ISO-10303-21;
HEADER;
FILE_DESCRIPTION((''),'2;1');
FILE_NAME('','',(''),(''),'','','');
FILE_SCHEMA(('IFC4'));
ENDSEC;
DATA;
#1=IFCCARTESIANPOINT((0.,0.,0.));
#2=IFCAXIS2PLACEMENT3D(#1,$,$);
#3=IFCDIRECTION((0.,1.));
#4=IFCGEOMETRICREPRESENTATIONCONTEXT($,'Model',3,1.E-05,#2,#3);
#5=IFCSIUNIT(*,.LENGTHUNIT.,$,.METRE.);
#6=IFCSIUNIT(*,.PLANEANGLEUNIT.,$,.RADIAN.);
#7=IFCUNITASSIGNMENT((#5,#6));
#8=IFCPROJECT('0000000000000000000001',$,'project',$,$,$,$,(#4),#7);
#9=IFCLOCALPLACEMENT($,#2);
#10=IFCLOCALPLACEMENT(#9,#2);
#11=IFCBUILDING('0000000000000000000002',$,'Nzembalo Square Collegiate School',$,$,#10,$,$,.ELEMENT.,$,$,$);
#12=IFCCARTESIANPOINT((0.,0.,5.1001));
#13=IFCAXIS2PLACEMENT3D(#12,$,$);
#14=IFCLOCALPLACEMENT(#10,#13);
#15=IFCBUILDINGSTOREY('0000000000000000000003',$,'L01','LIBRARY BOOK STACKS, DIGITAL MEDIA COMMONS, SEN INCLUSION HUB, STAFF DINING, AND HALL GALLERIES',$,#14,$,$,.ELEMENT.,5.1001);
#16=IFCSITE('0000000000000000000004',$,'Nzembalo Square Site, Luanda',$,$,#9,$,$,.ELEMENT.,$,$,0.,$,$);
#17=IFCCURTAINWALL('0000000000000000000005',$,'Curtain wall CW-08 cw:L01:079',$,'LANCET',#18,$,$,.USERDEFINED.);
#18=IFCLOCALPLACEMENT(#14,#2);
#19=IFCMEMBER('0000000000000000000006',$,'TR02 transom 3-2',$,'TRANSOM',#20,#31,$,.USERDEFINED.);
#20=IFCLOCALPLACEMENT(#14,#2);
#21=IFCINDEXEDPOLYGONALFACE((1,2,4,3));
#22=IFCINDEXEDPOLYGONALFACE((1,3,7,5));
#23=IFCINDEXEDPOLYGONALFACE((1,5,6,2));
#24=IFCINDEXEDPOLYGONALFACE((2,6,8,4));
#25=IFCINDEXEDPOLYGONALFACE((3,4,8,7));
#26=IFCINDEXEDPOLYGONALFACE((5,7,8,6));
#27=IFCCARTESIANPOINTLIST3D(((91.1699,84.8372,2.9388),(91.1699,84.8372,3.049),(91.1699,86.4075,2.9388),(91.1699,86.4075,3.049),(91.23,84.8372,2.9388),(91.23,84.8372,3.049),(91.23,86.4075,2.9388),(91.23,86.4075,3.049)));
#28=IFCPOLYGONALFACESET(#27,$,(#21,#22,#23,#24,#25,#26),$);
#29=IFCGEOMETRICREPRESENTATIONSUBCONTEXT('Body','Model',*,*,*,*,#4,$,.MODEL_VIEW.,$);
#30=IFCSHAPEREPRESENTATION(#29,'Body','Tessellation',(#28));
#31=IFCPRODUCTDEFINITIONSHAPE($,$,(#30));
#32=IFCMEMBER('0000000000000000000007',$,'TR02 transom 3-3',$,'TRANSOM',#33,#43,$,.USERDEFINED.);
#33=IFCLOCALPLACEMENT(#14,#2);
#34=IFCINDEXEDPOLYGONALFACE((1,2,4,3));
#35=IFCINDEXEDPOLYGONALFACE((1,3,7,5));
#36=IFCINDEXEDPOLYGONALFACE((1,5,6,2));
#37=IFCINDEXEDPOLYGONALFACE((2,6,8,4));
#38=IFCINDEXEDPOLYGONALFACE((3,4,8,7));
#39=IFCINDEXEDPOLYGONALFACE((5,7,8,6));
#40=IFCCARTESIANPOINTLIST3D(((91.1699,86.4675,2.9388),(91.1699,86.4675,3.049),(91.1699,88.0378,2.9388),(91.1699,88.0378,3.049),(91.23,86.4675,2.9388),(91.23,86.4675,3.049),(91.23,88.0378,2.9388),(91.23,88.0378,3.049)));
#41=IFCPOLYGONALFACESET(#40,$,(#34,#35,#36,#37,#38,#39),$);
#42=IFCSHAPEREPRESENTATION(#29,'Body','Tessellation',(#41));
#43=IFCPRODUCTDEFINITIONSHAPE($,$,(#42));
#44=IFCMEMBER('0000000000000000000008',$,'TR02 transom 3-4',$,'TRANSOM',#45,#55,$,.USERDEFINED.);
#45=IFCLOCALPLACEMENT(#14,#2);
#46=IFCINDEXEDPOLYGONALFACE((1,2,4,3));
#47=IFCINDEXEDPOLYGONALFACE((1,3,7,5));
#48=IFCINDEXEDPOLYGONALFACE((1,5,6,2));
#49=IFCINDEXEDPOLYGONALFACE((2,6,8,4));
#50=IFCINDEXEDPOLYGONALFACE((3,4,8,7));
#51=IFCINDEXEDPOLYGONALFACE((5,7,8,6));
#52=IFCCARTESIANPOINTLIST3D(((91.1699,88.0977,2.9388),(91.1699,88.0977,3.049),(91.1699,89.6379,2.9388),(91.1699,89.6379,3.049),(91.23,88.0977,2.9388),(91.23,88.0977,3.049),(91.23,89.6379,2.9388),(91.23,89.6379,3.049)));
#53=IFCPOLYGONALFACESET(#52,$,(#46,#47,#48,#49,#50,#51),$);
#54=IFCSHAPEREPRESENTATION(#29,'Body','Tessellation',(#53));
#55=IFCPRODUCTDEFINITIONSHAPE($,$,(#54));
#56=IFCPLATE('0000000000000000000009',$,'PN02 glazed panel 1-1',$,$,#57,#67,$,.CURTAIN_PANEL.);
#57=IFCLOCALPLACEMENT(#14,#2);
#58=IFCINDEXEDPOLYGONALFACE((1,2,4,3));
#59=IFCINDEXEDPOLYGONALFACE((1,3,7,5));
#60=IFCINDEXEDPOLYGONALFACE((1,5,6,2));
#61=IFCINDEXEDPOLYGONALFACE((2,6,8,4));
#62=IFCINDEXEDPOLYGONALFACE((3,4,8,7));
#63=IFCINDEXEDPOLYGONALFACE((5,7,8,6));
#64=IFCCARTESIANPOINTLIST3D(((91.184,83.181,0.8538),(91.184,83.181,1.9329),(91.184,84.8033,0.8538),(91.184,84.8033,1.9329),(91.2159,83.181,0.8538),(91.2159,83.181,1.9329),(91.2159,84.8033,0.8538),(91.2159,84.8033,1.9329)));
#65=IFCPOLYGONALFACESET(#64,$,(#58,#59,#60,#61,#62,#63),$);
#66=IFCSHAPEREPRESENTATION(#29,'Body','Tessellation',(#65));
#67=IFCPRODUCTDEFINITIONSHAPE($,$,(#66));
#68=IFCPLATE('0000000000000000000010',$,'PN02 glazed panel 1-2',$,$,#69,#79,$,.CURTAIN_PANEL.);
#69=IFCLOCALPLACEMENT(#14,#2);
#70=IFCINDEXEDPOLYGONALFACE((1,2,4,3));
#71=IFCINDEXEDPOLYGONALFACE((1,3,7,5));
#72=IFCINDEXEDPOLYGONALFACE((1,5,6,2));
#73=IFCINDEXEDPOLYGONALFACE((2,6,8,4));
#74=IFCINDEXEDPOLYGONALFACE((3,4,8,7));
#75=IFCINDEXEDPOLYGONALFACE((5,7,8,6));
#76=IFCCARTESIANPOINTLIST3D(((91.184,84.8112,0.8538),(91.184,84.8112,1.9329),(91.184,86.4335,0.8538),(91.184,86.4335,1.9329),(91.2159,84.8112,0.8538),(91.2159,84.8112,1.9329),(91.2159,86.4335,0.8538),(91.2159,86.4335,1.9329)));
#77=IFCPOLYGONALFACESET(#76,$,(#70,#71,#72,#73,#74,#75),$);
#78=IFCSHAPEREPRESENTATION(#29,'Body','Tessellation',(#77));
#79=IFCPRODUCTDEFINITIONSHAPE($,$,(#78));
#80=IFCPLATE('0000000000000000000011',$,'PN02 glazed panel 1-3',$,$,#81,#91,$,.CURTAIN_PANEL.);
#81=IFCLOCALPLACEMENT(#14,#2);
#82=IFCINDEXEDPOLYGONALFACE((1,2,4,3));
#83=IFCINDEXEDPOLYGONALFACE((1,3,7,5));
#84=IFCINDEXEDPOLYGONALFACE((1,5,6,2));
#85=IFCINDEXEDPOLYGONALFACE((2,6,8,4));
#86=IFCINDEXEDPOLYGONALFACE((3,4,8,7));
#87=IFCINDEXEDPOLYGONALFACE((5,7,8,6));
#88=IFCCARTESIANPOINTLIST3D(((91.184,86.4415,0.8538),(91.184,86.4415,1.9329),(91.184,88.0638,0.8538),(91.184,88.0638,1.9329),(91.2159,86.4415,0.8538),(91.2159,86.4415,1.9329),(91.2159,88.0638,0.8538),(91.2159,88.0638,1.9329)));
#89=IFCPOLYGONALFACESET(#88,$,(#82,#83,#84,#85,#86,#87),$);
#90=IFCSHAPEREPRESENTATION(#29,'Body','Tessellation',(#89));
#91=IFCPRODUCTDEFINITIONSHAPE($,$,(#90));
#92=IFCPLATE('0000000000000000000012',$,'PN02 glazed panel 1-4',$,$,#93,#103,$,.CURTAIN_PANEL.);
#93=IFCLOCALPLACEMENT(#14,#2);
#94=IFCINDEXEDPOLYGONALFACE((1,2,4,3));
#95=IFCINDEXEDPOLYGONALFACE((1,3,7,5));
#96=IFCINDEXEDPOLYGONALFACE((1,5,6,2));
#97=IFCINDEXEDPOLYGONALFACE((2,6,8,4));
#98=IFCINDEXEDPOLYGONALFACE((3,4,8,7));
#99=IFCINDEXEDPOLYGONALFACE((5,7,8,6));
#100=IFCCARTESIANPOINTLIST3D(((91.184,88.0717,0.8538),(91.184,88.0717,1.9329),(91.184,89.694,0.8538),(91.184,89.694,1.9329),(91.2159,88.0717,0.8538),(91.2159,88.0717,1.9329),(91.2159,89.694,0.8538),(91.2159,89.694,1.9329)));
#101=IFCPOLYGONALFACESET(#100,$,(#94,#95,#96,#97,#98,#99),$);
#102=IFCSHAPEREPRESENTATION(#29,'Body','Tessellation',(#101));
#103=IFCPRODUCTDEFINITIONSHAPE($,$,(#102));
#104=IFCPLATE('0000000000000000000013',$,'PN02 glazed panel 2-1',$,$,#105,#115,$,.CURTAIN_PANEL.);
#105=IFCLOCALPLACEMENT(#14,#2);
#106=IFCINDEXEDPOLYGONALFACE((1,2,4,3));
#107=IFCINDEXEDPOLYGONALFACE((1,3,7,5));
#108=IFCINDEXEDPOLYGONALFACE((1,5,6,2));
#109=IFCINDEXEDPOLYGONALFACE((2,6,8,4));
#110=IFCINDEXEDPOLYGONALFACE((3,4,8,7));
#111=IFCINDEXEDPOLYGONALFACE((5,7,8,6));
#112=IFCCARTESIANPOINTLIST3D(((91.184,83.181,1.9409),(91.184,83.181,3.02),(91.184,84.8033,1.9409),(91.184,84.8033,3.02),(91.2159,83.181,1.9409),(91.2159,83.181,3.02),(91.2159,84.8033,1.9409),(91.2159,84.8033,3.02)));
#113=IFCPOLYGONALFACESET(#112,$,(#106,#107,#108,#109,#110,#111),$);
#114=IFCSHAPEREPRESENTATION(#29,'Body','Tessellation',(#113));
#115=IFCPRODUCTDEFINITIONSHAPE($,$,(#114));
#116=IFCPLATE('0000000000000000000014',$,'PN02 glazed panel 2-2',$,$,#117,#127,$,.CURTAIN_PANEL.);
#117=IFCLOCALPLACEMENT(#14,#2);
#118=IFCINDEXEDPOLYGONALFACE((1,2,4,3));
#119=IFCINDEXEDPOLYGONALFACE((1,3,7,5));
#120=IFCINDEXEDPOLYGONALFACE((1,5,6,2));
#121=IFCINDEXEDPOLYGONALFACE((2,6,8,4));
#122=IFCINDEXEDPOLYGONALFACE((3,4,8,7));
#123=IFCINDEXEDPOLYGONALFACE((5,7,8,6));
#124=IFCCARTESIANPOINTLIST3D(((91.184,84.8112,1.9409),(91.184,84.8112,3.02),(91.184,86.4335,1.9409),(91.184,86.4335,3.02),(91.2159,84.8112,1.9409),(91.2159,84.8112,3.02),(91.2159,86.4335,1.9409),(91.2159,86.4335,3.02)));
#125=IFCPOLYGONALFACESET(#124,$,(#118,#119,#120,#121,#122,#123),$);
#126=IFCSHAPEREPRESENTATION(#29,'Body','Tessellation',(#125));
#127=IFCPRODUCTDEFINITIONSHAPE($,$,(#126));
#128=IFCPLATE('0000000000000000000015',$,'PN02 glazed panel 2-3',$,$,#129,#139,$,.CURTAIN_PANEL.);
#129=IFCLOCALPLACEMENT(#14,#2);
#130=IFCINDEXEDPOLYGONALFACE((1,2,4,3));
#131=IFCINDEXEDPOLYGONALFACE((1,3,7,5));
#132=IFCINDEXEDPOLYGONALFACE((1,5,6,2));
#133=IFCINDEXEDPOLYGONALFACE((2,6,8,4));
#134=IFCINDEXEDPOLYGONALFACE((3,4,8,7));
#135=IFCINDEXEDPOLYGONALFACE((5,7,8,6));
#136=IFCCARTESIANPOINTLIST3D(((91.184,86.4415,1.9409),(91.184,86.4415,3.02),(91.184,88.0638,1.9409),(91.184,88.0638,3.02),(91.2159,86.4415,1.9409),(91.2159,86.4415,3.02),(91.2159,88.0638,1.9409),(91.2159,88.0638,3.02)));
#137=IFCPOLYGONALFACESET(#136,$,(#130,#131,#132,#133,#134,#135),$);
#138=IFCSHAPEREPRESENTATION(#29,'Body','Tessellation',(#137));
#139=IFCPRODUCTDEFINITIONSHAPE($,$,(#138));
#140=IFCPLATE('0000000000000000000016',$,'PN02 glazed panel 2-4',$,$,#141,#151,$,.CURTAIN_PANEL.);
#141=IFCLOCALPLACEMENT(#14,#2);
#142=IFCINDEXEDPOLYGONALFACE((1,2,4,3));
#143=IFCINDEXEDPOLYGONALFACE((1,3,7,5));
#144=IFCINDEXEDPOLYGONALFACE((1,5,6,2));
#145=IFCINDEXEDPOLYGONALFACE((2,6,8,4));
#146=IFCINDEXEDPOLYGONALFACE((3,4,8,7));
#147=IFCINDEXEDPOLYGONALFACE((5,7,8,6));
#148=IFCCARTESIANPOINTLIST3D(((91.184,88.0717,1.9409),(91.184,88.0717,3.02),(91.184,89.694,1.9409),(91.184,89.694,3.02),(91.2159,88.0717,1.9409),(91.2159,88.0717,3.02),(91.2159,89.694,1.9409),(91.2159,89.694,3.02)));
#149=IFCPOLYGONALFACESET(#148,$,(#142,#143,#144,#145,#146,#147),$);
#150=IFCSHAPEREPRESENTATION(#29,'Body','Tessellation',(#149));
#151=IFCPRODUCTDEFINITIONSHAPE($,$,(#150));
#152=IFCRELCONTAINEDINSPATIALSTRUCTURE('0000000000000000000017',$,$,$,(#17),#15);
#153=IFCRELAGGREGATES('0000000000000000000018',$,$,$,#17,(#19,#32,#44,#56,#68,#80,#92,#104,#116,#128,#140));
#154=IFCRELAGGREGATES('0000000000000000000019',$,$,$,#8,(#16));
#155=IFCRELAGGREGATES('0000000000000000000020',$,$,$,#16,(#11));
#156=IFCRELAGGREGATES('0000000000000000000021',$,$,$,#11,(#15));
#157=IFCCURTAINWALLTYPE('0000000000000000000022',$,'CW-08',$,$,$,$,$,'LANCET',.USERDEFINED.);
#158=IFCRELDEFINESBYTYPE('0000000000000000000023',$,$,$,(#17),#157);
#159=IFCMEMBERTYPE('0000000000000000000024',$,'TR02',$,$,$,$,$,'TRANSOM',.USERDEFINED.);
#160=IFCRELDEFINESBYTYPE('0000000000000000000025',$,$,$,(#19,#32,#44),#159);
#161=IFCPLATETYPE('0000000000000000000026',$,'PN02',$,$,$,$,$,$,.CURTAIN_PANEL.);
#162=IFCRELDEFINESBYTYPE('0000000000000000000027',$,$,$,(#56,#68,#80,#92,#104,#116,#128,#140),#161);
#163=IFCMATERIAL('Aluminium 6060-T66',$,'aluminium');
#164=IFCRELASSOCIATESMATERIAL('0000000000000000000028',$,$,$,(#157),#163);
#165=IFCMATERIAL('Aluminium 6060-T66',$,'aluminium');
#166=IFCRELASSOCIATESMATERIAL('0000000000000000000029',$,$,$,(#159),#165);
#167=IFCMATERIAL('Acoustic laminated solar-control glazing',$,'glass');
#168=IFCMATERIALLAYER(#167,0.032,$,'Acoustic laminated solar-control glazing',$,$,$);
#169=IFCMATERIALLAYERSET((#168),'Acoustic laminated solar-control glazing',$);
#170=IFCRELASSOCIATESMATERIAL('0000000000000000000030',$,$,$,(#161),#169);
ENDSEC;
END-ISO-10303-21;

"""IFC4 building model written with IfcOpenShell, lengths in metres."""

from ifc_helpers import new_model, si_unit, direction, frame, origin, origin_2d, place, context, subcontext, project, spatial, rectangle, extrude, material, layer, layer_set, material_profile, profile_set, type_object, element, aggregate, save


model = new_model("IFC4")

# Units and contexts
model_context = context("Model", 3, precision=1e-05, world=origin(), true_north=direction((0.0, 1.0)))
body_context = subcontext(model_context, "Body", "Model", "MODEL_VIEW")
ifc_project = project(units=[si_unit("LENGTHUNIT", "METRE"), si_unit("PLANEANGLEUNIT", "RADIAN")], contexts=[model_context])

# Site, building, storey
site_placement = place(None, origin())
site = spatial("IfcSite", under=ifc_project, at=site_placement, Name="Nzembalo Square Site, Luanda", CompositionType="ELEMENT", RefElevation=0.0)
building_placement = place(site_placement, origin())
building = spatial("IfcBuilding", under=site, at=building_placement, Name="Nzembalo Square Collegiate School", CompositionType="ELEMENT")
storey_placement = place(building_placement, frame((0.0, 0.0, 5.1001)))
storey = spatial("IfcBuildingStorey", under=building, at=storey_placement, Name="L01", Description="LIBRARY BOOK STACKS, DIGITAL MEDIA COMMONS, SEN INCLUSION HUB, STAFF DINING, AND HALL GALLERIES", CompositionType="ELEMENT", Elevation=5.1001)

# Curtain wall, members, plates
ifc_material_1 = material(Name="Aluminium 6060-T66", Category="aluminium")
curtain_wall_type = type_object("IfcCurtainWallType", Name="CW-08", ElementType="LANCET", PredefinedType="USERDEFINED", material=ifc_material_1)
curtain_wall_placement = place(storey_placement, origin())
curtain_wall = element("IfcCurtainWall", 1, at=curtain_wall_placement, inside=storey, type_object=curtain_wall_type, Name="Curtain wall CW-08 cw:L01:079", ObjectType="LANCET", PredefinedType="USERDEFINED")
ifc_material_2 = material(Name="Aluminium 6060-T66", Category="aluminium")
ifc_material_profile_1 = material_profile(ifc_material_2, rectangle(XDim=0.0601, YDim=0.1101, at=origin_2d()), Name="ALU T60x110")
ifc_profile_set_1 = profile_set([ifc_material_profile_1], Name="Aluminium 6060-T66")
member_type_1 = type_object("IfcMemberType", Name="TR02", ElementType="TRANSOM", PredefinedType="USERDEFINED", material=ifc_profile_set_1)
member_1_placement = place(storey_placement, frame((91.2, 84.8372, 2.9939), z_axis=(0.0, 1.0, 0.0), x_axis=(-1.0, 0.0, 0.0)))
member_1 = element("IfcMember", 2, at=member_1_placement, type_object=member_type_1, Name="TR02 transom 3-2", ObjectType="TRANSOM", PredefinedType="USERDEFINED", context=body_context, shape_type="SweptSolid", body=[
    extrude(rectangle(XDim=0.0601, YDim=0.1101, at=origin_2d()), origin(), (0.0, 0.0, 1.0), 1.5703),
])
member_2_placement = place(storey_placement, frame((91.2, 86.4675, 2.9939), z_axis=(0.0, 1.0, 0.0), x_axis=(-1.0, 0.0, 0.0)))
member_2 = element("IfcMember", 3, at=member_2_placement, type_object=member_type_1, Name="TR02 transom 3-3", ObjectType="TRANSOM", PredefinedType="USERDEFINED", context=body_context, shape_type="SweptSolid", body=[
    extrude(rectangle(XDim=0.0601, YDim=0.1101, at=origin_2d()), origin(), (0.0, 0.0, 1.0), 1.5703),
])
member_3_placement = place(storey_placement, frame((91.2, 88.0977, 2.9939), z_axis=(0.0, 1.0, 0.0), x_axis=(-1.0, 0.0, 0.0)))
member_3 = element("IfcMember", 4, at=member_3_placement, type_object=member_type_1, Name="TR02 transom 3-4", ObjectType="TRANSOM", PredefinedType="USERDEFINED", context=body_context, shape_type="SweptSolid", body=[
    extrude(rectangle(XDim=0.0601, YDim=0.1101, at=origin_2d()), origin(), (0.0, 0.0, 1.0), 1.5403),
])
ifc_material_3 = material(Name="Acoustic laminated solar-control glazing", Category="glass")
ifc_layer = layer(ifc_material_3, 0.032, Name="Acoustic laminated solar-control glazing")
ifc_layer_set = layer_set([ifc_layer], Name="Acoustic laminated solar-control glazing")
plate_type = type_object("IfcPlateType", Name="PN02", PredefinedType="CURTAIN_PANEL", material=ifc_layer_set)
plate_1_placement = place(storey_placement, frame((91.2, 83.9922, 0.8538), z_axis=(0.0, 0.0, 1.0), x_axis=(0.0, 1.0, 0.0)))
plate_1 = element("IfcPlate", 5, at=plate_1_placement, type_object=plate_type, Name="PN02 glazed panel 1-1", PredefinedType="CURTAIN_PANEL", context=body_context, shape_type="SweptSolid", body=[
    extrude(rectangle(XDim=1.6223, YDim=0.032, at=origin_2d()), origin(), (0.0, 0.0, 1.0), 1.0791),
])
plate_2_placement = place(storey_placement, frame((91.2, 85.6223, 0.8538), z_axis=(0.0, 0.0, 1.0), x_axis=(0.0, 1.0, 0.0)))
plate_2 = element("IfcPlate", 6, at=plate_2_placement, type_object=plate_type, Name="PN02 glazed panel 1-2", PredefinedType="CURTAIN_PANEL", context=body_context, shape_type="SweptSolid", body=[
    extrude(rectangle(XDim=1.6223, YDim=0.032, at=origin_2d()), origin(), (0.0, 0.0, 1.0), 1.0791),
])
plate_3_placement = place(storey_placement, frame((91.2, 87.2527, 0.8538), z_axis=(0.0, 0.0, 1.0), x_axis=(0.0, 1.0, 0.0)))
plate_3 = element("IfcPlate", 7, at=plate_3_placement, type_object=plate_type, Name="PN02 glazed panel 1-3", PredefinedType="CURTAIN_PANEL", context=body_context, shape_type="SweptSolid", body=[
    extrude(rectangle(XDim=1.6223, YDim=0.032, at=origin_2d()), origin(), (0.0, 0.0, 1.0), 1.0791),
])
plate_4_placement = place(storey_placement, frame((91.2, 88.8828, 0.8538), z_axis=(0.0, 0.0, 1.0), x_axis=(0.0, 1.0, 0.0)))
plate_4 = element("IfcPlate", 8, at=plate_4_placement, type_object=plate_type, Name="PN02 glazed panel 1-4", PredefinedType="CURTAIN_PANEL", context=body_context, shape_type="SweptSolid", body=[
    extrude(rectangle(XDim=1.6223, YDim=0.032, at=origin_2d()), origin(), (0.0, 0.0, 1.0), 1.0791),
])
plate_5_placement = place(storey_placement, frame((91.2, 83.9922, 1.9409), z_axis=(0.0, 0.0, 1.0), x_axis=(0.0, 1.0, 0.0)))
plate_5 = element("IfcPlate", 9, at=plate_5_placement, type_object=plate_type, Name="PN02 glazed panel 2-1", PredefinedType="CURTAIN_PANEL", context=body_context, shape_type="SweptSolid", body=[
    extrude(rectangle(XDim=1.6223, YDim=0.032, at=origin_2d()), origin(), (0.0, 0.0, 1.0), 1.0791),
])
plate_6_placement = place(storey_placement, frame((91.2, 85.6223, 1.9409), z_axis=(0.0, 0.0, 1.0), x_axis=(0.0, 1.0, 0.0)))
plate_6 = element("IfcPlate", 10, at=plate_6_placement, type_object=plate_type, Name="PN02 glazed panel 2-2", PredefinedType="CURTAIN_PANEL", context=body_context, shape_type="SweptSolid", body=[
    extrude(rectangle(XDim=1.6223, YDim=0.032, at=origin_2d()), origin(), (0.0, 0.0, 1.0), 1.0791),
])
plate_7_placement = place(storey_placement, frame((91.2, 87.2527, 1.9409), z_axis=(0.0, 0.0, 1.0), x_axis=(0.0, 1.0, 0.0)))
plate_7 = element("IfcPlate", 11, at=plate_7_placement, type_object=plate_type, Name="PN02 glazed panel 2-3", PredefinedType="CURTAIN_PANEL", context=body_context, shape_type="SweptSolid", body=[
    extrude(rectangle(XDim=1.6223, YDim=0.032, at=origin_2d()), origin(), (0.0, 0.0, 1.0), 1.0791),
])
plate_8_placement = place(storey_placement, frame((91.2, 88.8828, 1.9409), z_axis=(0.0, 0.0, 1.0), x_axis=(0.0, 1.0, 0.0)))
plate_8 = element("IfcPlate", 12, at=plate_8_placement, type_object=plate_type, Name="PN02 glazed panel 2-4", PredefinedType="CURTAIN_PANEL", context=body_context, shape_type="SweptSolid", body=[
    extrude(rectangle(XDim=1.6223, YDim=0.032, at=origin_2d()), origin(), (0.0, 0.0, 1.0), 1.0791),
])
aggregate(curtain_wall, [member_1, member_2, member_3, plate_1, plate_2, plate_3, plate_4, plate_5, plate_6, plate_7, plate_8])

save(model, "model.ifc")
